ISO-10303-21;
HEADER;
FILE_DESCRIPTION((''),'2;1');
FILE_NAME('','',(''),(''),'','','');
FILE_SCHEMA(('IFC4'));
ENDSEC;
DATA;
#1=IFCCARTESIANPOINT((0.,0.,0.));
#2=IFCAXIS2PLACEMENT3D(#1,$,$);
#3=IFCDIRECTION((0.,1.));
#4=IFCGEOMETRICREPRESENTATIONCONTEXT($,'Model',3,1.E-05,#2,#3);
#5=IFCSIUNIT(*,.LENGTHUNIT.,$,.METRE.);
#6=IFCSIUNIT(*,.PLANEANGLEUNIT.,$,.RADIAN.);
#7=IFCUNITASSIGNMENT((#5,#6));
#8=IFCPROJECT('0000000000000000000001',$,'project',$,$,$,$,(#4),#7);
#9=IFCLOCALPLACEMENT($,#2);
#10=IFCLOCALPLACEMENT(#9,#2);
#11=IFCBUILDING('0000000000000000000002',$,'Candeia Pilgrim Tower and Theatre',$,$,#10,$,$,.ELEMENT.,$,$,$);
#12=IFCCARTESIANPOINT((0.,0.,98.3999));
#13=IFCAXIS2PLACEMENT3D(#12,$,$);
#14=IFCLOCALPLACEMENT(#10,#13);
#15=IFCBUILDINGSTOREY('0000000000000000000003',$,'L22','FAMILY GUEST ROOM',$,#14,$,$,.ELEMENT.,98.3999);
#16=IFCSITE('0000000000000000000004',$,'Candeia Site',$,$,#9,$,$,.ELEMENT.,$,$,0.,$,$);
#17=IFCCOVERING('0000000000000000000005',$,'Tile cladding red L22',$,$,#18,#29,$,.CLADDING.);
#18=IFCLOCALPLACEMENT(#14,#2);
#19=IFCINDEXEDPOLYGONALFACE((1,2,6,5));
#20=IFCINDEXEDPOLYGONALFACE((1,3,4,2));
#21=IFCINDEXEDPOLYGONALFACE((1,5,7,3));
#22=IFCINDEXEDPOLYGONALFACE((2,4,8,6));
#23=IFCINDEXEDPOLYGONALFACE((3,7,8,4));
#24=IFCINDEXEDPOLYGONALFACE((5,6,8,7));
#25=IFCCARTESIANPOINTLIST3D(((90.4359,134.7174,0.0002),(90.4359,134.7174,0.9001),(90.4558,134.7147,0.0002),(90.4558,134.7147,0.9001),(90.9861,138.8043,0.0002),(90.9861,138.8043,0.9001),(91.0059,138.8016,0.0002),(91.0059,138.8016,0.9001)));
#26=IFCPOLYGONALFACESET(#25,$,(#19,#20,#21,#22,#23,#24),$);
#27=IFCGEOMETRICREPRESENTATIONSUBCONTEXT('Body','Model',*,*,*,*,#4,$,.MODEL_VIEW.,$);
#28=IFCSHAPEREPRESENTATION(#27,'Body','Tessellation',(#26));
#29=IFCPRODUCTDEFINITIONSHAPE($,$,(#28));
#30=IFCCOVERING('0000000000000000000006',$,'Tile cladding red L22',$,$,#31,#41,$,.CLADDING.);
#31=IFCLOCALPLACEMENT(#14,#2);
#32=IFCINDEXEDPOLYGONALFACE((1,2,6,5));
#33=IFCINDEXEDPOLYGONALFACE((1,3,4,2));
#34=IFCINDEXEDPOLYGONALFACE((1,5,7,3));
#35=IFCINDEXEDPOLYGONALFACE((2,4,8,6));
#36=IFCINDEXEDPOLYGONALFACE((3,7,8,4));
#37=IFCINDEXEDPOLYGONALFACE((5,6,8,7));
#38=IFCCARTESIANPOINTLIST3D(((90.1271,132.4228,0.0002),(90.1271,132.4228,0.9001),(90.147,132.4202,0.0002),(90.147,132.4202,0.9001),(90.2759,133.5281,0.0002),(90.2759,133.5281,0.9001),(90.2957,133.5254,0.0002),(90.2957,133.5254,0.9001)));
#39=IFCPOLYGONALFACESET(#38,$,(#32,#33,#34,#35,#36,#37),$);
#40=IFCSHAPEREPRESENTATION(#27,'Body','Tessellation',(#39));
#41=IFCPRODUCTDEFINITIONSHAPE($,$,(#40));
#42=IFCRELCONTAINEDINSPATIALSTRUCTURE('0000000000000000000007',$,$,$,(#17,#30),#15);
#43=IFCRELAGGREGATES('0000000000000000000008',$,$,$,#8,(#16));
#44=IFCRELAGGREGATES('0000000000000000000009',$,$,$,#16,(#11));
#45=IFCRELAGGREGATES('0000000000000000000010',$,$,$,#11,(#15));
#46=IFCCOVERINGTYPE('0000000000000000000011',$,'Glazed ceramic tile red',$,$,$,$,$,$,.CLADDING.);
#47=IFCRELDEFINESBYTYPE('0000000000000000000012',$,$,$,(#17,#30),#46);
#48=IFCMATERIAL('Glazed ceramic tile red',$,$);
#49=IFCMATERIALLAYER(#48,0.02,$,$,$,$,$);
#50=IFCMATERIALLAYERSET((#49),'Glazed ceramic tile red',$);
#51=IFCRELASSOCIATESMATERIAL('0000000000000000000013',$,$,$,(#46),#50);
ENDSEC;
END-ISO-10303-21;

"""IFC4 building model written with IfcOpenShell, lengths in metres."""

from ifc_helpers import new_model, si_unit, direction, frame, origin, origin_2d, place, context, subcontext, project, spatial, rectangle, extrude, material, layer, layer_set, type_object, element, save


model = new_model("IFC4")

# Units and contexts
model_context = context("Model", 3, precision=1e-05, world=origin(), true_north=direction((0.0, 1.0)))
body_context = subcontext(model_context, "Body", "Model", "MODEL_VIEW")
ifc_project = project(units=[si_unit("LENGTHUNIT", "METRE"), si_unit("PLANEANGLEUNIT", "RADIAN")], contexts=[model_context])

# Site, building, storey
site_placement = place(None, origin())
site = spatial("IfcSite", under=ifc_project, at=site_placement, Name="Candeia Site", CompositionType="ELEMENT", RefElevation=0.0)
building_placement = place(site_placement, origin())
building = spatial("IfcBuilding", under=site, at=building_placement, Name="Candeia Pilgrim Tower and Theatre", CompositionType="ELEMENT")
storey_placement = place(building_placement, frame((0.0, 0.0, 98.3999)))
storey = spatial("IfcBuildingStorey", under=building, at=storey_placement, Name="L22", Description="FAMILY GUEST ROOM", CompositionType="ELEMENT", Elevation=98.3999)

# Coverings
ifc_material_1 = material(Name="Glazed ceramic tile red")
ifc_layer_1 = layer(ifc_material_1, 0.02)
ifc_layer_set_1 = layer_set([ifc_layer_1], Name="Glazed ceramic tile red")
covering_type = type_object("IfcCoveringType", Name="Glazed ceramic tile red", PredefinedType="CLADDING", material=ifc_layer_set_1)
covering_1_placement = place(storey_placement, frame((90.7209, 136.7595, 0.0002), z_axis=(0.0, 0.0, 1.0), x_axis=(-0.133412, -0.991061, 0.0)))
element("IfcCovering", 1, at=covering_1_placement, inside=storey, type_object=covering_type, Name="Tile cladding red L22", PredefinedType="CLADDING", context=body_context, shape_type="SweptSolid", body=[
    extrude(rectangle(XDim=4.1238, YDim=0.02, at=origin_2d()), origin(), (0.0, 0.0, 1.0), 0.8999),
])
covering_2_placement = place(storey_placement, frame((90.2114, 132.9741, 0.0002), z_axis=(0.0, 0.0, 1.0), x_axis=(-0.133412, -0.991061, 0.0)))
element("IfcCovering", 2, at=covering_2_placement, inside=storey, type_object=covering_type, Name="Tile cladding red L22", PredefinedType="CLADDING", context=body_context, shape_type="SweptSolid", body=[
    extrude(rectangle(XDim=1.1152, YDim=0.02, at=origin_2d()), origin(), (0.0, 0.0, 1.0), 0.8999),
])

save(model, "model.ifc")
